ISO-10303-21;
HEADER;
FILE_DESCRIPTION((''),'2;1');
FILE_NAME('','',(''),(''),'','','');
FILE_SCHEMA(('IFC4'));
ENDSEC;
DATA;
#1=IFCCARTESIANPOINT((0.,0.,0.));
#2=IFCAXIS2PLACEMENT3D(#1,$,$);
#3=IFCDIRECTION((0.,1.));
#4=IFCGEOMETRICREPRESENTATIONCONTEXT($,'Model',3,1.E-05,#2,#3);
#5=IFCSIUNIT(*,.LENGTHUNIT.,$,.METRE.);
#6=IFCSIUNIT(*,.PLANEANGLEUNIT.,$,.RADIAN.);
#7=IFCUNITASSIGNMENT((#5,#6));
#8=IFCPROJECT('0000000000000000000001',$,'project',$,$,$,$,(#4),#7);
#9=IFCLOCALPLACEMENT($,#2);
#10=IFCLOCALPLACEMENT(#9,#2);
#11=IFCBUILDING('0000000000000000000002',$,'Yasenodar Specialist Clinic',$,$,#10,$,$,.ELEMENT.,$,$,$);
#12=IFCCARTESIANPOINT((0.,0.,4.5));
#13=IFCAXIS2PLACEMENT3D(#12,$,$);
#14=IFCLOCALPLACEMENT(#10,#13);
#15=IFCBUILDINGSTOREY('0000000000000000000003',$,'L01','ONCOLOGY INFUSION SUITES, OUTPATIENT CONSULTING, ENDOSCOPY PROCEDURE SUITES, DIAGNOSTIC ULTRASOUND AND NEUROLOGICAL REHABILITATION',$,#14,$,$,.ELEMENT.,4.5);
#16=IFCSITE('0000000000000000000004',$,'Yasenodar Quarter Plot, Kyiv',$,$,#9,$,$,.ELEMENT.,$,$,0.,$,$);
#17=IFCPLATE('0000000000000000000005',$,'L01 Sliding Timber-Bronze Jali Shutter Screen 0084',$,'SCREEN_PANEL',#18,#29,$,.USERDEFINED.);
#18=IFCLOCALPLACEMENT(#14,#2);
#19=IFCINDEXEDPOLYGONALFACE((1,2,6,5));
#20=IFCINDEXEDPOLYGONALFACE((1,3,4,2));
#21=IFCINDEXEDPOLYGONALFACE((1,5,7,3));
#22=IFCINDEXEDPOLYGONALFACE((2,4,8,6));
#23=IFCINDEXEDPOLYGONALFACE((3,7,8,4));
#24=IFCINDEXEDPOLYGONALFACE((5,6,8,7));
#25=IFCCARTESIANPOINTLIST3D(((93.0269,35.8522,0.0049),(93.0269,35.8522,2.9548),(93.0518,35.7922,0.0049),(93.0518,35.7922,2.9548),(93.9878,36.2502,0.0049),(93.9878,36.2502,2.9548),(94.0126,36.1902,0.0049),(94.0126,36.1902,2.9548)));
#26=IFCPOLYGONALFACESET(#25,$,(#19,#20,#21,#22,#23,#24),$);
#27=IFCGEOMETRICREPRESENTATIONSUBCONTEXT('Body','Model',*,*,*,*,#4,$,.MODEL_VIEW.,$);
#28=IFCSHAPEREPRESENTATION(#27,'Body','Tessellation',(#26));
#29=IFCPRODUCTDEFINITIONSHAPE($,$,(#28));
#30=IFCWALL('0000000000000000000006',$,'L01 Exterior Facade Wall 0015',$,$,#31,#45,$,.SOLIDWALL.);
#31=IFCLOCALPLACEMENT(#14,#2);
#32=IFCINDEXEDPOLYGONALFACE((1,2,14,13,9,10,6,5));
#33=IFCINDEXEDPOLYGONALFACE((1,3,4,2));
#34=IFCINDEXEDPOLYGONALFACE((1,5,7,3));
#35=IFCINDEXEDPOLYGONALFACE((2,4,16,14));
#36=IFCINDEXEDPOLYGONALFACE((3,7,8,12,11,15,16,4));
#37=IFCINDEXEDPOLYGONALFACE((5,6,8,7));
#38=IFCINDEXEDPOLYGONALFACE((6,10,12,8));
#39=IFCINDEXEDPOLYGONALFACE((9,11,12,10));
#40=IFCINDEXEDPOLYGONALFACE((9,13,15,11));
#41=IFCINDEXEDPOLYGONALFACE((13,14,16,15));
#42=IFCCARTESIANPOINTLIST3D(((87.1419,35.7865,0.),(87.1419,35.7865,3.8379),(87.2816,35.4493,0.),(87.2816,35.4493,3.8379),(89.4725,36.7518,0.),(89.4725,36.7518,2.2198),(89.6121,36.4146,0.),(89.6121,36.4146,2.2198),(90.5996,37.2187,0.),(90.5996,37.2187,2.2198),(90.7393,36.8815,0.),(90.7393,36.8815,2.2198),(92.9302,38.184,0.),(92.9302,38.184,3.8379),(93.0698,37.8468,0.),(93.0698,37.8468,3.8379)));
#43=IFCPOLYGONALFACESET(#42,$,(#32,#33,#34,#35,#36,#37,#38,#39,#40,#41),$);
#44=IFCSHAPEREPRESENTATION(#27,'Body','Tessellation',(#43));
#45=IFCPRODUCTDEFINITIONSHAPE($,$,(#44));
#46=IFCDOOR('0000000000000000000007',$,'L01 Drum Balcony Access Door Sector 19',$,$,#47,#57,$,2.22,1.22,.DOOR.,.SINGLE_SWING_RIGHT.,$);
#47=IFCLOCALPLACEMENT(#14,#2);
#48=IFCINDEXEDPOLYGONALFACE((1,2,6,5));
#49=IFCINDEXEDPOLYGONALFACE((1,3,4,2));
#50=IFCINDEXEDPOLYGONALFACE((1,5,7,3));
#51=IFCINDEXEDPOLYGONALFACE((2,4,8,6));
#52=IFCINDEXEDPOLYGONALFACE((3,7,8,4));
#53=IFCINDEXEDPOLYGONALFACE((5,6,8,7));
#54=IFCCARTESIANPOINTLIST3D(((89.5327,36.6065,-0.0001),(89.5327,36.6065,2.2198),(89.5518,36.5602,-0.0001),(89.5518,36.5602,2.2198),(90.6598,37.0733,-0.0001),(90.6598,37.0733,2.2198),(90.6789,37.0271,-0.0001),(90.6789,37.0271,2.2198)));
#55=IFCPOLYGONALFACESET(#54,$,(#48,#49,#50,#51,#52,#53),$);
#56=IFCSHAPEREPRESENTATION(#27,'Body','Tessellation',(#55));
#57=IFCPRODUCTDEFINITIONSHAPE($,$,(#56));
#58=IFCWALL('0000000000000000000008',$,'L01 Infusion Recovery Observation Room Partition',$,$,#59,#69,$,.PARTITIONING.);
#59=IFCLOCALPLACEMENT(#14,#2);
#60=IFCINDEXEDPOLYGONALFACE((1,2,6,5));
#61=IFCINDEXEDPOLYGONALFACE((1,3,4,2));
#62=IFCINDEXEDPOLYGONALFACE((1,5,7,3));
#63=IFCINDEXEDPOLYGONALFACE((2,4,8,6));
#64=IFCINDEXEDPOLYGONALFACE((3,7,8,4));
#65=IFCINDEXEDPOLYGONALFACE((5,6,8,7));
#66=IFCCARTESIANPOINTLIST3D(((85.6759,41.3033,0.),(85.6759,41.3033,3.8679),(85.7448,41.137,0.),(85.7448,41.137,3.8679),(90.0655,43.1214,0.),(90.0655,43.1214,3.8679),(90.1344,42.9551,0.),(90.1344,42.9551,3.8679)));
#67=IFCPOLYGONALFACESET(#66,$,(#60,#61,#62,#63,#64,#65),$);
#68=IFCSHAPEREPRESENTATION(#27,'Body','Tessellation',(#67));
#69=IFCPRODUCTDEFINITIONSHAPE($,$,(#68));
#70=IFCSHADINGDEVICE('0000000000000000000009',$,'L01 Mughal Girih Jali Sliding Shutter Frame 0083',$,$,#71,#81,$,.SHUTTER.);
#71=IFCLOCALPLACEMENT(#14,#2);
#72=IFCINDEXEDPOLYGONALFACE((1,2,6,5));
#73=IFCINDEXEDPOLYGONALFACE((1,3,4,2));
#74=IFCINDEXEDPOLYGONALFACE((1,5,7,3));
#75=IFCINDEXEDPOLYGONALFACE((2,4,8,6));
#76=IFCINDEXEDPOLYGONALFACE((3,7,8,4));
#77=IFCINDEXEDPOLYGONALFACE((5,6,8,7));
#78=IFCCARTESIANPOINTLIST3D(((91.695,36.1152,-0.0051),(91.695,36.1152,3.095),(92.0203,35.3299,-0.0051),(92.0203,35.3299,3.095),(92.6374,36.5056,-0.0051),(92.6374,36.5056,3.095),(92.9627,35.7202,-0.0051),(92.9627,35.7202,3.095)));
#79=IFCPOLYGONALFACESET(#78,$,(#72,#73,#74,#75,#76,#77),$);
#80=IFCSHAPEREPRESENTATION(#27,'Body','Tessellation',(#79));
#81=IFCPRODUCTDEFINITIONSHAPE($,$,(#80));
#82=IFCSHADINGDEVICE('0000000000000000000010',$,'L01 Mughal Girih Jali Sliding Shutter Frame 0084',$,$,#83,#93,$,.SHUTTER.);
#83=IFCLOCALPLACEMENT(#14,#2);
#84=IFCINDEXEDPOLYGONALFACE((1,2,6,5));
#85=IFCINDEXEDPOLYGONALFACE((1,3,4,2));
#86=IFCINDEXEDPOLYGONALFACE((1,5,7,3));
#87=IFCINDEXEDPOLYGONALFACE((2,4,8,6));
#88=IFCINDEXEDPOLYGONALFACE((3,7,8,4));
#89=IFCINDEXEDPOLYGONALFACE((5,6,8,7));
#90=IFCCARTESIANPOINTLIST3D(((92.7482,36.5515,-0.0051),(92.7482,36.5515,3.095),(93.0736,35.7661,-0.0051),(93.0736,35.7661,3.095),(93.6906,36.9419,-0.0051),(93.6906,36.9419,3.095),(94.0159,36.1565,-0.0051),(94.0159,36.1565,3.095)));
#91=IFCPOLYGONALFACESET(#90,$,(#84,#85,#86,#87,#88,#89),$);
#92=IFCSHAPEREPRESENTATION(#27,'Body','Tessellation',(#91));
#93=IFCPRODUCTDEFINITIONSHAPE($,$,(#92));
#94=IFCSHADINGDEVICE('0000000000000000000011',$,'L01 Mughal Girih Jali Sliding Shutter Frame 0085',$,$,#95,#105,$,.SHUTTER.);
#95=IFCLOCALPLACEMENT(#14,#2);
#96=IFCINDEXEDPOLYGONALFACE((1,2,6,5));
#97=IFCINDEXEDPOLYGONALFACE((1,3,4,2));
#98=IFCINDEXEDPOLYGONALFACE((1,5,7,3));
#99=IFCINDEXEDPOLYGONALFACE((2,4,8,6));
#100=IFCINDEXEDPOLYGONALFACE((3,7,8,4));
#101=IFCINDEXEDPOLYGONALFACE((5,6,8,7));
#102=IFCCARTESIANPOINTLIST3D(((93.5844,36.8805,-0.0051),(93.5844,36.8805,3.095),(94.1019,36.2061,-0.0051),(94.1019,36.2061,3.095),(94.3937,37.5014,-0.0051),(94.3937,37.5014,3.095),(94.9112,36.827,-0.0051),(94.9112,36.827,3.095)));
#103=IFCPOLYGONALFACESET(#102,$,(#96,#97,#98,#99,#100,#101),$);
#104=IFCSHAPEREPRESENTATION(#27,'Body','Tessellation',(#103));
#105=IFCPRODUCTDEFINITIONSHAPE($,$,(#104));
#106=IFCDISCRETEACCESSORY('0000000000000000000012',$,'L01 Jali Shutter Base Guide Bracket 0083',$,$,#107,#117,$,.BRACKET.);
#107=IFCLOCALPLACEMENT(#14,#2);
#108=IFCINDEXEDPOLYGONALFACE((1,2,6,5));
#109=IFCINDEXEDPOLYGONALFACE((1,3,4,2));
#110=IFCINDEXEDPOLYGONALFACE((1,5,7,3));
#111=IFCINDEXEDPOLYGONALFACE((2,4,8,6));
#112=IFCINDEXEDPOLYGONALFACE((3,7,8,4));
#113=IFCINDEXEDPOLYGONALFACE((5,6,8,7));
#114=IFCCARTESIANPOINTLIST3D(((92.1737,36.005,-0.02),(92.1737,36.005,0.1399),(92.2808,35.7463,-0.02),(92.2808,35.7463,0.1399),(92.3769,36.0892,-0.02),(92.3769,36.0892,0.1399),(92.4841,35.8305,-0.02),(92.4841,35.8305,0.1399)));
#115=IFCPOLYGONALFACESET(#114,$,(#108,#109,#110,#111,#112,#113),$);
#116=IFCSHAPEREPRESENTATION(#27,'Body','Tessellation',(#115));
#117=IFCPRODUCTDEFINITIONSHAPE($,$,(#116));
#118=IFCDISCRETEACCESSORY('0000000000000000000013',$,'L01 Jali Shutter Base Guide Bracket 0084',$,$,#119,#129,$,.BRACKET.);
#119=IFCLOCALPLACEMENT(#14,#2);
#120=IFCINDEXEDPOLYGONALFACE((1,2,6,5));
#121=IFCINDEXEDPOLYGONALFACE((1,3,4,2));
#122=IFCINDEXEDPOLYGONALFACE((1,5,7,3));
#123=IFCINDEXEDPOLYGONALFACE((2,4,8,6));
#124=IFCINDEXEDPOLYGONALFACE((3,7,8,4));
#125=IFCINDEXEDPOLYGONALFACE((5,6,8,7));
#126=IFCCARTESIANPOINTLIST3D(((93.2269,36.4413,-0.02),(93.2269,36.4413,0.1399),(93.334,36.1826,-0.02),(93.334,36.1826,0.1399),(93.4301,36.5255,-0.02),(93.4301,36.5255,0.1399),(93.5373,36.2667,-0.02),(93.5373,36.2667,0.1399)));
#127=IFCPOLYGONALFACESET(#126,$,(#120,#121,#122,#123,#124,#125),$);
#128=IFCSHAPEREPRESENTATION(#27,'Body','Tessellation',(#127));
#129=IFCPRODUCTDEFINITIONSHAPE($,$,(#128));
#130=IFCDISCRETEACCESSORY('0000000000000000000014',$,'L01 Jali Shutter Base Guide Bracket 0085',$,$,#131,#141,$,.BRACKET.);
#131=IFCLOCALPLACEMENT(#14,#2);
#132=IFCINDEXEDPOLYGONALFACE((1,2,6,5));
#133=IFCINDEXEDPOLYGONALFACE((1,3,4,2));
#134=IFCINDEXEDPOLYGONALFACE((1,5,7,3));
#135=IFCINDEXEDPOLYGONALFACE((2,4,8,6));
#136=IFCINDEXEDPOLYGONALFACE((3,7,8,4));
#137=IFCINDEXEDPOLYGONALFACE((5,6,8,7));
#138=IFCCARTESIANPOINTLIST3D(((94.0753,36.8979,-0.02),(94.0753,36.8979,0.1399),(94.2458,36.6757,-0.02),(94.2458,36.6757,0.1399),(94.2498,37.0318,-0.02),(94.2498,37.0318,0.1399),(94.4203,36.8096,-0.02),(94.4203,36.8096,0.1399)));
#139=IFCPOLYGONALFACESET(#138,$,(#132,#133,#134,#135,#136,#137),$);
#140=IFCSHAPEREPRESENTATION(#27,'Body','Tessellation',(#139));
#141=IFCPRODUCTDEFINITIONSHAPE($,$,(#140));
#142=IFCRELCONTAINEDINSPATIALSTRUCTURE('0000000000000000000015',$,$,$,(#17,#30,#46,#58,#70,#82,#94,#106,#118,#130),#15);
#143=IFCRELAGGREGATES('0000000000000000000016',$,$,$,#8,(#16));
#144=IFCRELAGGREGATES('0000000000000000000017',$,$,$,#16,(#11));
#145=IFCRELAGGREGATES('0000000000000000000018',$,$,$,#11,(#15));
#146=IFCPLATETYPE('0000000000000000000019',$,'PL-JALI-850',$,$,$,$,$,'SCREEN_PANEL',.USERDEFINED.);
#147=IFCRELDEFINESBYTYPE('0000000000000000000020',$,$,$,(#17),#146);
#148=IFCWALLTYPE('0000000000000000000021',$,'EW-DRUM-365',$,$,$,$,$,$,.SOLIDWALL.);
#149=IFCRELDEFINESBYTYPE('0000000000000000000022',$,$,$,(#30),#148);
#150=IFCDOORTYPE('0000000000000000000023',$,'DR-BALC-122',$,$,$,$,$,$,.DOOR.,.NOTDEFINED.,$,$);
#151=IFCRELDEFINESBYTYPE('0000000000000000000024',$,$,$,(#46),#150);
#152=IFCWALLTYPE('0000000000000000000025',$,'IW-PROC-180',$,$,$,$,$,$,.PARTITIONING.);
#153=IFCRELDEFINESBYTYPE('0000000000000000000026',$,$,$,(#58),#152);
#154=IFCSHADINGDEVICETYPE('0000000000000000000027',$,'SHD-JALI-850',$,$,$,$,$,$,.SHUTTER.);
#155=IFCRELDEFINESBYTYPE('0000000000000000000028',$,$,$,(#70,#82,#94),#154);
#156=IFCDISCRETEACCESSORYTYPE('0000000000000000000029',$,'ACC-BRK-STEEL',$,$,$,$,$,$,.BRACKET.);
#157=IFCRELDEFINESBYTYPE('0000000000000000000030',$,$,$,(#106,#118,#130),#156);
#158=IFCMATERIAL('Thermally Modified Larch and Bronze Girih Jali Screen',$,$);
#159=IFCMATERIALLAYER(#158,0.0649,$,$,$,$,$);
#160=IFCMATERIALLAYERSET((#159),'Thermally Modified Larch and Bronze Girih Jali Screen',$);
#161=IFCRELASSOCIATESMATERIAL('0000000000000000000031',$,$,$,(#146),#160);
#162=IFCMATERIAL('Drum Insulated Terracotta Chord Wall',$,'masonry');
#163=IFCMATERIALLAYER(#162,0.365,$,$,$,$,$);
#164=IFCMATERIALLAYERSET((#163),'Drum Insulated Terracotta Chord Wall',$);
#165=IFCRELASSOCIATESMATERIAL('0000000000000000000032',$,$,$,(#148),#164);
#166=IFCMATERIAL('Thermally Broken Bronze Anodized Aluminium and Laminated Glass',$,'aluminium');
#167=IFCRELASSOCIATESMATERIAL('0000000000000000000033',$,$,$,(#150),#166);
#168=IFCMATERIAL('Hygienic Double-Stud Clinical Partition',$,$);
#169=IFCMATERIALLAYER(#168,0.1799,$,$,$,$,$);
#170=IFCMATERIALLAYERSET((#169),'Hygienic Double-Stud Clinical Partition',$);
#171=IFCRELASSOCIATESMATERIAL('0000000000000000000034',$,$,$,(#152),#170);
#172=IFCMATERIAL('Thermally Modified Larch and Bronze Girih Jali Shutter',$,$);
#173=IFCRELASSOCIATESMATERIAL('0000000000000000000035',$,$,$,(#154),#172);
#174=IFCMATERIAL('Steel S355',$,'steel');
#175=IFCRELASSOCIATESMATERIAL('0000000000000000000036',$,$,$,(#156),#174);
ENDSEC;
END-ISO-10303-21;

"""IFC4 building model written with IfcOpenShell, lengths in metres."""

from ifc_helpers import new_model, si_unit, direction, frame, frame_2d, origin, origin_2d, place, context, subcontext, project, spatial, rectangle, extrude, material, layer, layer_set, type_object, element, fill, save


model = new_model("IFC4")

# Units and contexts
model_context = context("Model", 3, precision=1e-05, world=origin(), true_north=direction((0.0, 1.0)))
body_context = subcontext(model_context, "Body", "Model", "MODEL_VIEW")
ifc_project = project(units=[si_unit("LENGTHUNIT", "METRE"), si_unit("PLANEANGLEUNIT", "RADIAN")], contexts=[model_context])

# Site, building, storey
site_placement = place(None, origin())
site = spatial("IfcSite", under=ifc_project, at=site_placement, Name="Yasenodar Quarter Plot, Kyiv", CompositionType="ELEMENT", RefElevation=0.0)
building_placement = place(site_placement, origin())
building = spatial("IfcBuilding", under=site, at=building_placement, Name="Yasenodar Specialist Clinic", CompositionType="ELEMENT")
storey_placement = place(building_placement, frame((0.0, 0.0, 4.5)))
storey = spatial("IfcBuildingStorey", under=building, at=storey_placement, Name="L01", Description="ONCOLOGY INFUSION SUITES, OUTPATIENT CONSULTING, ENDOSCOPY PROCEDURE SUITES, DIAGNOSTIC ULTRASOUND AND NEUROLOGICAL REHABILITATION", CompositionType="ELEMENT", Elevation=4.5)

# Shared definitions
ifc_material_1 = material(Name="Steel S355", Category="steel")

# Plate
ifc_material_2 = material(Name="Thermally Modified Larch and Bronze Girih Jali Screen")
ifc_layer_1 = layer(ifc_material_2, 0.0649)
ifc_layer_set_1 = layer_set([ifc_layer_1], Name="Thermally Modified Larch and Bronze Girih Jali Screen")
plate_type_1 = type_object("IfcPlateType", Name="PL-JALI-850", ElementType="SCREEN_PANEL", PredefinedType="USERDEFINED", material=ifc_layer_set_1)
for number, where, z_axis, x_axis, name in (
    (1, (93.5198, 36.0212, 0.0049), (0.0, 0.0, 1.0), (0.923878, 0.382687, 0.0), "L01 Sliding Timber-Bronze Jali Shutter Screen 0084"),
):
    element("IfcPlate", number, at=place(storey_placement, frame(where, z_axis=z_axis, x_axis=x_axis)), inside=storey, type_object=plate_type_1, Name=name, ObjectType="SCREEN_PANEL", PredefinedType="USERDEFINED", context=body_context, shape_type="SweptSolid", body=[
        extrude(rectangle(XDim=1.04, YDim=0.0649, at=origin_2d()), origin(), (0.0, 0.0, 1.0), 2.95),
    ])

# Wall, opening, door
ifc_material_3 = material(Name="Drum Insulated Terracotta Chord Wall", Category="masonry")
ifc_layer_2 = layer(ifc_material_3, 0.365)
ifc_layer_set_2 = layer_set([ifc_layer_2], Name="Drum Insulated Terracotta Chord Wall")
wall_type_1 = type_object("IfcWallType", Name="EW-DRUM-365", PredefinedType="SOLIDWALL", material=ifc_layer_set_2)
wall_1_placement = place(storey_placement, frame((93.0, 38.0154, 0.0), z_axis=(0.0, 0.0, 1.0), x_axis=(-0.923888, -0.382664, 0.0)))
wall_1 = element("IfcWall", 2, at=wall_1_placement, inside=storey, type_object=wall_type_1, Name="L01 Exterior Facade Wall 0015", PredefinedType="SOLIDWALL", context=body_context, shape_type="SweptSolid", body=[
    extrude(rectangle(XDim=6.2651, YDim=0.365, at=frame_2d((3.1326, 0.0))), origin(), (0.0, 0.0, 1.0), 3.8379),
])
opening_placement = place(wall_1_placement, frame((2.5227, 0.0, 0.0)))
opening = element("IfcOpeningElement", 3, at=opening_placement, cuts=wall_1, PredefinedType="OPENING", context=body_context, shape_type="SweptSolid", body=[
    extrude(rectangle(XDim=1.22, YDim=2.22, at=frame_2d((0.6099, 1.1099))), frame((0.0, 0.1924, 0.0), z_axis=(0.0, -1.0, 0.0), x_axis=(1.0, 0.0, 0.0)), (0.0, 0.0, 1.0), 0.385),
])
ifc_material_4 = material(Name="Thermally Broken Bronze Anodized Aluminium and Laminated Glass", Category="aluminium")
door_type = type_object("IfcDoorType", Name="DR-BALC-122", OperationType="NOTDEFINED", PredefinedType="DOOR", material=ifc_material_4)
door_placement = place(opening_placement, origin())
door = element("IfcDoor", 4, at=door_placement, inside=storey, type_object=door_type, Name="L01 Drum Balcony Access Door Sector 19", OperationType="SINGLE_SWING_RIGHT", OverallHeight=2.22, OverallWidth=1.22, PredefinedType="DOOR", context=body_context, shape_type="SweptSolid", body=[
    extrude(rectangle(XDim=1.22, YDim=2.22, at=frame_2d((0.6099, 1.1099))), frame((0.0, 0.0249, 0.0), z_axis=(0.0, -1.0, 0.0), x_axis=(1.0, 0.0, 0.0)), (0.0, 0.0, 1.0), 0.05),
])
fill(opening, door)

# Wall
ifc_material_5 = material(Name="Hygienic Double-Stud Clinical Partition")
ifc_layer_3 = layer(ifc_material_5, 0.1799)
ifc_layer_set_3 = layer_set([ifc_layer_3], Name="Hygienic Double-Stud Clinical Partition")
wall_type_2 = type_object("IfcWallType", Name="IW-PROC-180", PredefinedType="PARTITIONING", material=ifc_layer_set_3)
wall_2_placement = place(storey_placement, frame((85.7104, 41.2202, 0.0), z_axis=(0.0, 0.0, 1.0), x_axis=(0.92389, 0.382659, 0.0)))
element("IfcWall", 5, at=wall_2_placement, inside=storey, type_object=wall_type_2, Name="L01 Infusion Recovery Observation Room Partition", PredefinedType="PARTITIONING", context=body_context, shape_type="SweptSolid", body=[
    extrude(rectangle(XDim=4.7512, YDim=0.1799, at=frame_2d((2.3755, 0.0))), origin(), (0.0, 0.0, 1.0), 3.8679),
])

# Shading devices
ifc_material_6 = material(Name="Thermally Modified Larch and Bronze Girih Jali Shutter")
shading_device_type = type_object("IfcShadingDeviceType", Name="SHD-JALI-850", PredefinedType="SHUTTER", material=ifc_material_6)
for number, where, z_axis, x_axis, name in (
    (6, (92.3289, 35.9177, -0.0051), (0.0, 0.0, 1.0), (0.923878, 0.382687, 0.0), "L01 Mughal Girih Jali Sliding Shutter Frame 0083"),
    (7, (93.3821, 36.354, -0.0051), (0.0, 0.0, 1.0), (0.923878, 0.382687, 0.0), "L01 Mughal Girih Jali Sliding Shutter Frame 0084"),
    (8, (94.2478, 36.8538, -0.0051), (0.0, 0.0, 1.0), (0.793351, 0.608764, 0.0), "L01 Mughal Girih Jali Sliding Shutter Frame 0085"),
):
    element("IfcShadingDevice", number, at=place(storey_placement, frame(where, z_axis=z_axis, x_axis=x_axis)), inside=storey, type_object=shading_device_type, Name=name, PredefinedType="SHUTTER", context=body_context, shape_type="SweptSolid", body=[
        extrude(rectangle(XDim=1.02, YDim=0.8501, at=origin_2d()), origin(), (0.0, 0.0, 1.0), 3.1001),
    ])

# Discrete accessories
discrete_accessory_type = type_object("IfcDiscreteAccessoryType", Name="ACC-BRK-STEEL", PredefinedType="BRACKET", material=ifc_material_1)
for number, where, z_axis, x_axis, name in (
    (9, (92.3289, 35.9177, -0.02), (0.0, 0.0, 1.0), (0.923878, 0.382687, 0.0), "L01 Jali Shutter Base Guide Bracket 0083"),
    (10, (93.3821, 36.354, -0.02), (0.0, 0.0, 1.0), (0.923878, 0.382687, 0.0), "L01 Jali Shutter Base Guide Bracket 0084"),
    (11, (94.2478, 36.8538, -0.02), (0.0, 0.0, 1.0), (0.793351, 0.608764, 0.0), "L01 Jali Shutter Base Guide Bracket 0085"),
):
    element("IfcDiscreteAccessory", number, at=place(storey_placement, frame(where, z_axis=z_axis, x_axis=x_axis)), inside=storey, type_object=discrete_accessory_type, Name=name, PredefinedType="BRACKET", context=body_context, shape_type="SweptSolid", body=[
        extrude(rectangle(XDim=0.22, YDim=0.28, at=origin_2d()), origin(), (0.0, 0.0, 1.0), 0.1599),
    ])

save(model, "model.ifc")
